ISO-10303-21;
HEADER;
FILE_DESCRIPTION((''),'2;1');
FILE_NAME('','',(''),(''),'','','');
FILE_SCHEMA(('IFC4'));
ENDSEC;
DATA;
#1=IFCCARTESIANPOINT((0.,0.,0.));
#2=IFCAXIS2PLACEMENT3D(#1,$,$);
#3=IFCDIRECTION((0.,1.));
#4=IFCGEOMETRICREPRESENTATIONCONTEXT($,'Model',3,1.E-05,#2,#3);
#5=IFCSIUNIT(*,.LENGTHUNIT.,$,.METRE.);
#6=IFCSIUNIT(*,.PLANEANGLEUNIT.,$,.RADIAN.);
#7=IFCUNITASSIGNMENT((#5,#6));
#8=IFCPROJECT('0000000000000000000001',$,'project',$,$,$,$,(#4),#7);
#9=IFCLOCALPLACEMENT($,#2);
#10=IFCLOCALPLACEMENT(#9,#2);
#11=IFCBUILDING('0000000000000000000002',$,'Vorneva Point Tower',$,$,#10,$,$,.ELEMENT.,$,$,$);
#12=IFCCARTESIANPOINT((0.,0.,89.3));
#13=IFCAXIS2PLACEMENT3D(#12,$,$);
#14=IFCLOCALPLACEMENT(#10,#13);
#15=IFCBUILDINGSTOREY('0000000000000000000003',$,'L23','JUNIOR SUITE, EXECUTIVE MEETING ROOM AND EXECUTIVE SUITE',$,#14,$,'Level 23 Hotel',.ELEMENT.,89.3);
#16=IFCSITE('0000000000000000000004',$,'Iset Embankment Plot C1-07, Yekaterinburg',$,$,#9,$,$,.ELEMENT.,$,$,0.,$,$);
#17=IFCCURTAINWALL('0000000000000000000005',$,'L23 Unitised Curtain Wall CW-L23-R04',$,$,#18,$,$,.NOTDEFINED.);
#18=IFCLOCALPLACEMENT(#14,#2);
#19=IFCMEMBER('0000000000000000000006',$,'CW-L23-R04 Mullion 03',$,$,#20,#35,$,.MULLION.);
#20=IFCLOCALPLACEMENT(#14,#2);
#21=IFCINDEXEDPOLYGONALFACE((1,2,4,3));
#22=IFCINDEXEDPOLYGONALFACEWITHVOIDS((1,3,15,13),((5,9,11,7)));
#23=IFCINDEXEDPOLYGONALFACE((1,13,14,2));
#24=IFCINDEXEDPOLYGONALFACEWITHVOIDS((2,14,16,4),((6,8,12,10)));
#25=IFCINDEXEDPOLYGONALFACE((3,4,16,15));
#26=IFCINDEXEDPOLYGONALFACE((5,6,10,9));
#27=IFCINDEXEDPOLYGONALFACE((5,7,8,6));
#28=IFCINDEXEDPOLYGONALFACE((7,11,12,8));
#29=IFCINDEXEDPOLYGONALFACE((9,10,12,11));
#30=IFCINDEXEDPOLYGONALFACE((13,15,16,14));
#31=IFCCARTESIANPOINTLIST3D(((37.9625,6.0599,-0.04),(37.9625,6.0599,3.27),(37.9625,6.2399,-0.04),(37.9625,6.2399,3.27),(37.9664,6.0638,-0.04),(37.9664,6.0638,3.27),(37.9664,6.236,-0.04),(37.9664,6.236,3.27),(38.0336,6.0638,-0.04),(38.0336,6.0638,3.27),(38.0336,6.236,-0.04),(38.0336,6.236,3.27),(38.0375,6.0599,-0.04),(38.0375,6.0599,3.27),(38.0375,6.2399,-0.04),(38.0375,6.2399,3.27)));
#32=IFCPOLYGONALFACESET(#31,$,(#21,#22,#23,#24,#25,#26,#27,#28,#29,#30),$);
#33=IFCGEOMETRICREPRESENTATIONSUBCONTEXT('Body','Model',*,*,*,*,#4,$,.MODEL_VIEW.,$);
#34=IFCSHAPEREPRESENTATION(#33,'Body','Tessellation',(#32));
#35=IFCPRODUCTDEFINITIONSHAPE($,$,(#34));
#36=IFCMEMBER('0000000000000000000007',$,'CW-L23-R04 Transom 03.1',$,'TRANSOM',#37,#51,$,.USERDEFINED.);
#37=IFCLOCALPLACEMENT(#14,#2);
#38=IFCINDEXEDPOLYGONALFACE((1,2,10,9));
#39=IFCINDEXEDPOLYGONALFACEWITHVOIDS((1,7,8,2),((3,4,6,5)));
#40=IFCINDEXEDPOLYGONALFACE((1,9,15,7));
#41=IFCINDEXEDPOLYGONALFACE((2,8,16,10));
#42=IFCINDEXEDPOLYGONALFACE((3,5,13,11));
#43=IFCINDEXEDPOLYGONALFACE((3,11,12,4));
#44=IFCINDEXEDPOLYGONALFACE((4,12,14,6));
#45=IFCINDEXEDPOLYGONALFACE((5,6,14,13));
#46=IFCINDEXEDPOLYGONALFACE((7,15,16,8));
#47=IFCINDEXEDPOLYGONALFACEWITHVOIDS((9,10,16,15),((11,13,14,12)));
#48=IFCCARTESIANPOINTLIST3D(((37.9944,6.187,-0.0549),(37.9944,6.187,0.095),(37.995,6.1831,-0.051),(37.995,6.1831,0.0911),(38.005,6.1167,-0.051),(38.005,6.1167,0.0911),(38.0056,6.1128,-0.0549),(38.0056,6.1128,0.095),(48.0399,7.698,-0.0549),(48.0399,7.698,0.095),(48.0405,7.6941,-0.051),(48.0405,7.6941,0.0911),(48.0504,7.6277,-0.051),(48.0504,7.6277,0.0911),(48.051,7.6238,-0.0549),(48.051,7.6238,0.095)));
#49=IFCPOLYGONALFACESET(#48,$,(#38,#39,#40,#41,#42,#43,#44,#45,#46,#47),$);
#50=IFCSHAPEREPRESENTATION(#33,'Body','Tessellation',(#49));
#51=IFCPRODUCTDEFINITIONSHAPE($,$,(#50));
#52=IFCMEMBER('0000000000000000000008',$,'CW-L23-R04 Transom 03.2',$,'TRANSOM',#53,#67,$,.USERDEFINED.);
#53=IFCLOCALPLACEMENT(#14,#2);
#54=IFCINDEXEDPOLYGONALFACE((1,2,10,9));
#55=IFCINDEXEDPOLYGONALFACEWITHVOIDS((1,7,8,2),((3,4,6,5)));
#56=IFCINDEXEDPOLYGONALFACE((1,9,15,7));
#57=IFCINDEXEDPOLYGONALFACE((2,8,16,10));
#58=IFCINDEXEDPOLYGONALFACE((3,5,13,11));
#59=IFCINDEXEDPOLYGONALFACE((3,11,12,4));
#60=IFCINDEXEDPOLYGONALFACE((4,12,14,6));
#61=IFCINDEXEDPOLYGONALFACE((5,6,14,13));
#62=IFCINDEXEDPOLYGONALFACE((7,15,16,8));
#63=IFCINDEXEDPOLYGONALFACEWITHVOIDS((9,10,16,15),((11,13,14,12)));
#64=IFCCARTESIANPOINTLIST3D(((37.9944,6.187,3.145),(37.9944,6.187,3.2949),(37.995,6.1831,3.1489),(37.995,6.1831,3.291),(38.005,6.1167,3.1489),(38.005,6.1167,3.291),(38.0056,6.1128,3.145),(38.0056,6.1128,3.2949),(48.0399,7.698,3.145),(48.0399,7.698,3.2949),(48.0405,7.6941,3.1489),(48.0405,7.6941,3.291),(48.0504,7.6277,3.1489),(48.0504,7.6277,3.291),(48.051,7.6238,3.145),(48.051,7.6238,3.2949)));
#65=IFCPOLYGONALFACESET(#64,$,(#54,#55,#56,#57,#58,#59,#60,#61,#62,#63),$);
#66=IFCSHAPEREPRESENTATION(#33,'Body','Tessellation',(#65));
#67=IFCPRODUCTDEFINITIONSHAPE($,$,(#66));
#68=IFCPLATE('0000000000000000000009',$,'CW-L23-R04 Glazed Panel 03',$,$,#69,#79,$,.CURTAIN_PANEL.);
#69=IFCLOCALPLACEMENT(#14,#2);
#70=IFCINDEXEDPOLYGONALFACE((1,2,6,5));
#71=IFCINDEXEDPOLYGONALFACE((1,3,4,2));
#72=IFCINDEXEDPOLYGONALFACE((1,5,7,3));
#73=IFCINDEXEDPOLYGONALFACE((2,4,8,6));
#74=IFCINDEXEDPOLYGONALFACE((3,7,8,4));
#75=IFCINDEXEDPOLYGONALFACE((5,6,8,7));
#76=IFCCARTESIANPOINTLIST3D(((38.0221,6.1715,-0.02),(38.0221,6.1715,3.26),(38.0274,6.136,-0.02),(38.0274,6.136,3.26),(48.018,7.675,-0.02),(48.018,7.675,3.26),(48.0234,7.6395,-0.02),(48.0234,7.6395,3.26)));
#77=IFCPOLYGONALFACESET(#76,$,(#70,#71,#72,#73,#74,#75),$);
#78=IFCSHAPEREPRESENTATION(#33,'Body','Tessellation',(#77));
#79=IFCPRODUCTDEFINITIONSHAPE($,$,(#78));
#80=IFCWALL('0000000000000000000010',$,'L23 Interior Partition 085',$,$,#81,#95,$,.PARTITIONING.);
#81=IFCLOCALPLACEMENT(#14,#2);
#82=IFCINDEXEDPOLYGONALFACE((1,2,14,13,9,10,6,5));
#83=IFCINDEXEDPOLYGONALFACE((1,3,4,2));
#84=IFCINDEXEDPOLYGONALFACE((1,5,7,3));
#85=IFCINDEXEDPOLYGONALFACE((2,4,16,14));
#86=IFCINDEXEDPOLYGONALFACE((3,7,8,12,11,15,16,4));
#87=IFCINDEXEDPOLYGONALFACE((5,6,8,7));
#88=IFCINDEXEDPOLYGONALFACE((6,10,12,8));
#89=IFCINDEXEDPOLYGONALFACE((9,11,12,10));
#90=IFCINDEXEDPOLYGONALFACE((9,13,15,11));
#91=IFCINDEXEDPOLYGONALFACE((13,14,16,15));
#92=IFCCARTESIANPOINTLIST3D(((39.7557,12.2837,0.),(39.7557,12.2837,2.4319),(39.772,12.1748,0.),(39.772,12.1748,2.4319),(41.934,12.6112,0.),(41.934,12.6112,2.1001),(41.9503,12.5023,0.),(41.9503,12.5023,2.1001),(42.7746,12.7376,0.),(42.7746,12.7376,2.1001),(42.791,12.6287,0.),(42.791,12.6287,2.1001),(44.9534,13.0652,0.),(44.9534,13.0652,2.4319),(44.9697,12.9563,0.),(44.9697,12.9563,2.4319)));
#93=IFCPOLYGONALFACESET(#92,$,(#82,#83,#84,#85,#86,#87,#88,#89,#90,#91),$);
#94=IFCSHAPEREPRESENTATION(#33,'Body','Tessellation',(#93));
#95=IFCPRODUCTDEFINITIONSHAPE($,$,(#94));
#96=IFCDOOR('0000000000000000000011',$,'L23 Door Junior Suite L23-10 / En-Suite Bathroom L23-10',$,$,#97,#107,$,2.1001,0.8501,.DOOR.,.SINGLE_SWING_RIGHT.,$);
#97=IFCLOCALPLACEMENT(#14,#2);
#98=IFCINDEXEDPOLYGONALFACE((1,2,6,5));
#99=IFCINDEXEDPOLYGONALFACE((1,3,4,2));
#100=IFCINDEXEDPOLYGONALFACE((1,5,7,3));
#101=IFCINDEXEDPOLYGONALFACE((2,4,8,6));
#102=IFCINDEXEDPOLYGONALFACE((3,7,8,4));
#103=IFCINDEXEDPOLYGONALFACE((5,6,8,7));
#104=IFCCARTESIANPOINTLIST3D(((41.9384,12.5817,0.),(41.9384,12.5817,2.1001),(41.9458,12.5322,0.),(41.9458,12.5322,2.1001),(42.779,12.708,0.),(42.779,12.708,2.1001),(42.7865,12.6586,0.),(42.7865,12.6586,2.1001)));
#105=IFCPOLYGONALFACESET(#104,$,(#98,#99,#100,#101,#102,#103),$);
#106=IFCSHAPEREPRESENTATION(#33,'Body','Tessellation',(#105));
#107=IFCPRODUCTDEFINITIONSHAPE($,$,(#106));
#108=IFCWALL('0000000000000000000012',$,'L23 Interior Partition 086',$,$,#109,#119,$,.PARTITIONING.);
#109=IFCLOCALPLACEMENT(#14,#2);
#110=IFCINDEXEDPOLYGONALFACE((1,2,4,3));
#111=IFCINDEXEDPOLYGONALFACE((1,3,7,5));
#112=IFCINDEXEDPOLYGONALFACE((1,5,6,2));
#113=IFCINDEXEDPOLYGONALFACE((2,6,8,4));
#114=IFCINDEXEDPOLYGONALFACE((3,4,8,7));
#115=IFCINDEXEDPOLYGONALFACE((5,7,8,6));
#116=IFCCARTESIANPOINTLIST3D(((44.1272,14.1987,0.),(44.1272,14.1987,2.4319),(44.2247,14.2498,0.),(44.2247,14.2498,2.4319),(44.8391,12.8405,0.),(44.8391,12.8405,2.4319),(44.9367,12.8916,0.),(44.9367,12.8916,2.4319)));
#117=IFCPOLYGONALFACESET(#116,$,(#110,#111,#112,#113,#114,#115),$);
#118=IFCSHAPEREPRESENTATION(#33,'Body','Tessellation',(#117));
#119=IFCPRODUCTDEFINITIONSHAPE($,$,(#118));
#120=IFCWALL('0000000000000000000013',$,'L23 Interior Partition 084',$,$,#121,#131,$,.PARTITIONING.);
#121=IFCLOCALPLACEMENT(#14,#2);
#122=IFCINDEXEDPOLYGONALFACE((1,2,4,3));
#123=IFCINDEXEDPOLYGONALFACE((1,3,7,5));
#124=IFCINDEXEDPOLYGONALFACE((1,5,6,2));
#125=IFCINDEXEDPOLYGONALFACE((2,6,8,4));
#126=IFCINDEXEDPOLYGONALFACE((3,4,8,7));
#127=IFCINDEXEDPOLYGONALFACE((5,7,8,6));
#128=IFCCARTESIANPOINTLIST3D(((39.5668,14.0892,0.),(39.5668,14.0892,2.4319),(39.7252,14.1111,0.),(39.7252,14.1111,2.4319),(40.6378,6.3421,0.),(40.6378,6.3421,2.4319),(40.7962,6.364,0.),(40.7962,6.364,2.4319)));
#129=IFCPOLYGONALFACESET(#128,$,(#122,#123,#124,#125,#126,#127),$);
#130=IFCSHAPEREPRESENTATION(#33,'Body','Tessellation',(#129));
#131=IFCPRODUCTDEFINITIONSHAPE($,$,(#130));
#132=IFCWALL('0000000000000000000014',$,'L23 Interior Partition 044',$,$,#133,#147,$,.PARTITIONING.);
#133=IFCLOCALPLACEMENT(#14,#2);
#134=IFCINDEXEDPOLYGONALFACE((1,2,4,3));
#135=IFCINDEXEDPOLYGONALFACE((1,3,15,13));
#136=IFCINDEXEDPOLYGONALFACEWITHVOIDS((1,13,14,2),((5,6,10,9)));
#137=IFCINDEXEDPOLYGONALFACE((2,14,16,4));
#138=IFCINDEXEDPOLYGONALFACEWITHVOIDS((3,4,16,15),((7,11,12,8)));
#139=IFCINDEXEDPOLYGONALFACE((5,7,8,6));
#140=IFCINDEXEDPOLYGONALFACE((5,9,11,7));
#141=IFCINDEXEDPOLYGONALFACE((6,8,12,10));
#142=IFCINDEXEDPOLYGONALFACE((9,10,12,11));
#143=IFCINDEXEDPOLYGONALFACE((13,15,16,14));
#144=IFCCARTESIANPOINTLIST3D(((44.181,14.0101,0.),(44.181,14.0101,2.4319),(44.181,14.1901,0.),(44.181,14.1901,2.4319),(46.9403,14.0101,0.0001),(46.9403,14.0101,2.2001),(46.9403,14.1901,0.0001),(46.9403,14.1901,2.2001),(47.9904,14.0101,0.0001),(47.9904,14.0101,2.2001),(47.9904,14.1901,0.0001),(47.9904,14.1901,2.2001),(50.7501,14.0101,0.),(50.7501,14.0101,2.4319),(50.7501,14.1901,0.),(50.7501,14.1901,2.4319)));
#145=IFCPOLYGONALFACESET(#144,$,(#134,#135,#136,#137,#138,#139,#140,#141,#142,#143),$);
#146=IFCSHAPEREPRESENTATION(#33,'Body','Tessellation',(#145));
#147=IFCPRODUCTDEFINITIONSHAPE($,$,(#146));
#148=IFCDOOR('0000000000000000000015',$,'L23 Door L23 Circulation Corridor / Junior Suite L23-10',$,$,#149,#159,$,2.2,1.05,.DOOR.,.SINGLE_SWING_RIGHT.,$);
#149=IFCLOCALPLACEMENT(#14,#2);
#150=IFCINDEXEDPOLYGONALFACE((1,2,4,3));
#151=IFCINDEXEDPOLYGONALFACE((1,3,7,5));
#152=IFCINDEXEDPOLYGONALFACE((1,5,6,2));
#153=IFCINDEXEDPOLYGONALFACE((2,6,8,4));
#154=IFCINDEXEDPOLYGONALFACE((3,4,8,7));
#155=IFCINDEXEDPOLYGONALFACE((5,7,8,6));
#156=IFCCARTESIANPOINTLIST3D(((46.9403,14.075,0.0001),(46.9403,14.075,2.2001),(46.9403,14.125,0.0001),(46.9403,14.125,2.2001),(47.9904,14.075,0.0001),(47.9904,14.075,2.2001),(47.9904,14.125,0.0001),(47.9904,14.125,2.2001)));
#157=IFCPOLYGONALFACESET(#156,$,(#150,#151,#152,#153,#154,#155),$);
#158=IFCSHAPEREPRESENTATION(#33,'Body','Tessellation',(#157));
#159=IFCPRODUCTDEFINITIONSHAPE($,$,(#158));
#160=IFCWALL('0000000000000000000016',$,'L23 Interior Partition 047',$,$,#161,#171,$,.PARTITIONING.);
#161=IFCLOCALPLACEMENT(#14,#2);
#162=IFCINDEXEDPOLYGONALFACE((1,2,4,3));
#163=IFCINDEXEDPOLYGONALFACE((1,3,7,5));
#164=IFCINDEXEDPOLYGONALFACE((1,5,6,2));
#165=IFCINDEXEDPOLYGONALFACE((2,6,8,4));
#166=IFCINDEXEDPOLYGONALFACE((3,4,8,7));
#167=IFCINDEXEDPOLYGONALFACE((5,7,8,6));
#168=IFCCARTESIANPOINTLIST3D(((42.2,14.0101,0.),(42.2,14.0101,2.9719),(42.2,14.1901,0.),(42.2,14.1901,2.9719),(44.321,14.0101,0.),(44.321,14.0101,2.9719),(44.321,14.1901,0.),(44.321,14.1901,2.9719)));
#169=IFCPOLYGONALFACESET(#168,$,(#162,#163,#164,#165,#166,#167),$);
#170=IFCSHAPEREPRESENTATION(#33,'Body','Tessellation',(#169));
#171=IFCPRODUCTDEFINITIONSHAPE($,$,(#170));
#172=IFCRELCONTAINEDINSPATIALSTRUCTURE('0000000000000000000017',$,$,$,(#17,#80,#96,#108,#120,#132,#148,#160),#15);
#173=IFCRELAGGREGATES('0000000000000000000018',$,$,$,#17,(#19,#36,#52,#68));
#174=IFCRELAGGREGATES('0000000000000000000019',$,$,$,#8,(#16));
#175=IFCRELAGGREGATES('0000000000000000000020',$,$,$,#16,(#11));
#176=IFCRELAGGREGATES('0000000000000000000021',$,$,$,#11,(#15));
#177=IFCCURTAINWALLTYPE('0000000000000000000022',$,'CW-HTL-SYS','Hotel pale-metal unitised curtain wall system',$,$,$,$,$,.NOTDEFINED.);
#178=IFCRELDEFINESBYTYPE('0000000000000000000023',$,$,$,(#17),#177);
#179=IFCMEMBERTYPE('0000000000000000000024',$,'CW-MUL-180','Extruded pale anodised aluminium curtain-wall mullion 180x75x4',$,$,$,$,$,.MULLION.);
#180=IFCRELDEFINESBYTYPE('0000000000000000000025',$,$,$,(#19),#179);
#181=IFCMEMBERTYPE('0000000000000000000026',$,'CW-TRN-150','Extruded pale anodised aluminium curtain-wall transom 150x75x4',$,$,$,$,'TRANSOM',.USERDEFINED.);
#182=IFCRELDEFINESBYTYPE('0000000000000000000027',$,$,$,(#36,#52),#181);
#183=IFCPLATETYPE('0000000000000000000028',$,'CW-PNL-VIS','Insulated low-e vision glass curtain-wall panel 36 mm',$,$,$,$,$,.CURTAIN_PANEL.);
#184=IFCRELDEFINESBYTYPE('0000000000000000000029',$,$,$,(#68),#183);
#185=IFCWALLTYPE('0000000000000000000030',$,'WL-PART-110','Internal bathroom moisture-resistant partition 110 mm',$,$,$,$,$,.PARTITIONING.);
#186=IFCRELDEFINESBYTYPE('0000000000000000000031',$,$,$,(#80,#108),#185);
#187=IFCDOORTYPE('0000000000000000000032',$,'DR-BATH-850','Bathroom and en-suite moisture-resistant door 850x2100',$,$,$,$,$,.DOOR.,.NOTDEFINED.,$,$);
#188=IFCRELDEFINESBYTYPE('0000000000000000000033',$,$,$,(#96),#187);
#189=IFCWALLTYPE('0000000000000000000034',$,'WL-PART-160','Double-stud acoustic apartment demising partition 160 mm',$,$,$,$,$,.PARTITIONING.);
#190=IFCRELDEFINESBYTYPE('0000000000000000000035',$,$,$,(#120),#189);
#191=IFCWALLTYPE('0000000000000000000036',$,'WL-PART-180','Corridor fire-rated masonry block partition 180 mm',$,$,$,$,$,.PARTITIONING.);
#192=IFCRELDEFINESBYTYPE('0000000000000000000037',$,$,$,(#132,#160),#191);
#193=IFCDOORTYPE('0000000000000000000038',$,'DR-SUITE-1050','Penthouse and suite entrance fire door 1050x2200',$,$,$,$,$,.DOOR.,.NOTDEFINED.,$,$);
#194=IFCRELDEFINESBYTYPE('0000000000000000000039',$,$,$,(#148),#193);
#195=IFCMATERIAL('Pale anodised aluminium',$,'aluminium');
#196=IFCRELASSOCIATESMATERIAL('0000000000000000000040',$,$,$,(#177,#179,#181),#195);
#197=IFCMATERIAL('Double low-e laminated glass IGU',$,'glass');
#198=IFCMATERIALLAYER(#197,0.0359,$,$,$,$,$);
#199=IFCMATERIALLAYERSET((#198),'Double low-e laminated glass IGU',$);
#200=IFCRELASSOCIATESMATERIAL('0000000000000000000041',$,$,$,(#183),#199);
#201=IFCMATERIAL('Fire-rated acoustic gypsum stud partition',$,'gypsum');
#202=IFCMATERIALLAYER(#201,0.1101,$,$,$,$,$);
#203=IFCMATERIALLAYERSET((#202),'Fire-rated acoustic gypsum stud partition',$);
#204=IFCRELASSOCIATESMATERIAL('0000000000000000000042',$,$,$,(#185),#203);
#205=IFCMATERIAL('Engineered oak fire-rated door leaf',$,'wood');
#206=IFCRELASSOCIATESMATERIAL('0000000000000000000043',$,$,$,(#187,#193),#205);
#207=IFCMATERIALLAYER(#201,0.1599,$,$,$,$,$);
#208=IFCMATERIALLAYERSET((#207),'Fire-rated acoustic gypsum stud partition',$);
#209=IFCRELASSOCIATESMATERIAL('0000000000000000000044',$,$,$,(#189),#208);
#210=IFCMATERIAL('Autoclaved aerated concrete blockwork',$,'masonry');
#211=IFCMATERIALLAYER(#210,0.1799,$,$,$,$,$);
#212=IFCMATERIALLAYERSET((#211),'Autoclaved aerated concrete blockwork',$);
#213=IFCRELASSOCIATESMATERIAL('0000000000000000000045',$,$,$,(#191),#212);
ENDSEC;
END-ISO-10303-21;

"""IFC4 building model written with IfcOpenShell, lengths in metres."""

from ifc_helpers import new_model, si_unit, direction, frame, frame_2d, origin, origin_2d, place, context, subcontext, project, spatial, rectangle, hollow_rectangle, extrude, material, layer, layer_set, material_profile, profile_set, type_object, element, fill, aggregate, save


model = new_model("IFC4")

# Units and contexts
model_context = context("Model", 3, precision=1e-05, world=origin(), true_north=direction((0.0, 1.0)))
body_context = subcontext(model_context, "Body", "Model", "MODEL_VIEW")
ifc_project = project(units=[si_unit("LENGTHUNIT", "METRE"), si_unit("PLANEANGLEUNIT", "RADIAN")], contexts=[model_context])

# Site, building, storey
site_placement = place(None, origin())
site = spatial("IfcSite", under=ifc_project, at=site_placement, Name="Iset Embankment Plot C1-07, Yekaterinburg", CompositionType="ELEMENT", RefElevation=0.0)
building_placement = place(site_placement, origin())
building = spatial("IfcBuilding", under=site, at=building_placement, Name="Vorneva Point Tower", CompositionType="ELEMENT")
storey_placement = place(building_placement, frame((0.0, 0.0, 89.3)))
storey = spatial("IfcBuildingStorey", under=building, at=storey_placement, Name="L23", Description="JUNIOR SUITE, EXECUTIVE MEETING ROOM AND EXECUTIVE SUITE", LongName="Level 23 Hotel", CompositionType="ELEMENT", Elevation=89.3)

# Curtain wall, members, plate
ifc_material_1 = material(Name="Pale anodised aluminium", Category="aluminium")
curtain_wall_type = type_object("IfcCurtainWallType", Name="CW-HTL-SYS", Description="Hotel pale-metal unitised curtain wall system", PredefinedType="NOTDEFINED", material=ifc_material_1)
curtain_wall_placement = place(storey_placement, origin())
curtain_wall = element("IfcCurtainWall", 1, at=curtain_wall_placement, inside=storey, type_object=curtain_wall_type, Name="L23 Unitised Curtain Wall CW-L23-R04", PredefinedType="NOTDEFINED")
ifc_material_profile_1 = material_profile(ifc_material_1, hollow_rectangle(XDim=0.075, YDim=0.1799, WallThickness=0.0039, at=origin_2d()), Name="AL-MUL 180x75x4")
ifc_profile_set_1 = profile_set([ifc_material_profile_1], Name="Pale anodised aluminium")
member_type_1 = type_object("IfcMemberType", Name="CW-MUL-180", Description="Extruded pale anodised aluminium curtain-wall mullion 180x75x4", PredefinedType="MULLION", material=ifc_profile_set_1)
member_1_placement = place(storey_placement, frame((38.0, 6.1499, -0.04), z_axis=(0.0, 0.0, 1.0), x_axis=(1.0, 0.0, 0.0)))
member_1 = element("IfcMember", 2, at=member_1_placement, type_object=member_type_1, Name="CW-L23-R04 Mullion 03", PredefinedType="MULLION", context=body_context, shape_type="SweptSolid", body=[
    extrude(hollow_rectangle(XDim=0.075, YDim=0.1799, WallThickness=0.0039, at=origin_2d()), origin(), (0.0, 0.0, 1.0), 3.3101),
])
ifc_material_profile_2 = material_profile(ifc_material_1, hollow_rectangle(XDim=0.075, YDim=0.1499, WallThickness=0.0039, at=origin_2d()), Name="AL-TRN 150x75x4")
ifc_profile_set_2 = profile_set([ifc_material_profile_2], Name="Pale anodised aluminium")
member_type_2 = type_object("IfcMemberType", Name="CW-TRN-150", Description="Extruded pale anodised aluminium curtain-wall transom 150x75x4", ElementType="TRANSOM", PredefinedType="USERDEFINED", material=ifc_profile_set_2)
member_2_placement = place(storey_placement, frame((38.0, 6.1499, 0.02), z_axis=(0.988876, 0.148742, 0.0), x_axis=(-0.148742, 0.988876, 0.0)))
member_2 = element("IfcMember", 3, at=member_2_placement, type_object=member_type_2, Name="CW-L23-R04 Transom 03.1", ObjectType="TRANSOM", PredefinedType="USERDEFINED", context=body_context, shape_type="SweptSolid", body=[
    extrude(hollow_rectangle(XDim=0.075, YDim=0.1499, WallThickness=0.0039, at=origin_2d()), origin(), (0.0, 0.0, 1.0), 10.1584),
])
member_3_placement = place(storey_placement, frame((38.0, 6.1499, 3.22), z_axis=(0.988876, 0.148742, 0.0), x_axis=(-0.148742, 0.988876, 0.0)))
member_3 = element("IfcMember", 4, at=member_3_placement, type_object=member_type_2, Name="CW-L23-R04 Transom 03.2", ObjectType="TRANSOM", PredefinedType="USERDEFINED", context=body_context, shape_type="SweptSolid", body=[
    extrude(hollow_rectangle(XDim=0.075, YDim=0.1499, WallThickness=0.0039, at=origin_2d()), origin(), (0.0, 0.0, 1.0), 10.1584),
])
ifc_material_2 = material(Name="Double low-e laminated glass IGU", Category="glass")
ifc_layer_1 = layer(ifc_material_2, 0.0359)
ifc_layer_set_1 = layer_set([ifc_layer_1], Name="Double low-e laminated glass IGU")
plate_type = type_object("IfcPlateType", Name="CW-PNL-VIS", Description="Insulated low-e vision glass curtain-wall panel 36 mm", PredefinedType="CURTAIN_PANEL", material=ifc_layer_set_1)
plate_placement = place(storey_placement, frame((43.0227, 6.9055, -0.02), z_axis=(0.0, 0.0, 1.0), x_axis=(0.988876, 0.148741, 0.0)))
plate = element("IfcPlate", 5, at=plate_placement, type_object=plate_type, Name="CW-L23-R04 Glazed Panel 03", PredefinedType="CURTAIN_PANEL", context=body_context, shape_type="SweptSolid", body=[
    extrude(rectangle(XDim=10.1084, YDim=0.0359, at=origin_2d()), origin(), (0.0, 0.0, 1.0), 3.28),
])
aggregate(curtain_wall, [member_1, member_2, member_3, plate])

# Wall, opening, door
ifc_material_3 = material(Name="Fire-rated acoustic gypsum stud partition", Category="gypsum")
ifc_layer_2 = layer(ifc_material_3, 0.1101)
ifc_layer_set_2 = layer_set([ifc_layer_2], Name="Fire-rated acoustic gypsum stud partition")
wall_type_1 = type_object("IfcWallType", Name="WL-PART-110", Description="Internal bathroom moisture-resistant partition 110 mm", PredefinedType="PARTITIONING", material=ifc_layer_set_2)
wall_1_placement = place(storey_placement, frame((44.9614, 13.0107, 0.0), z_axis=(0.0, 0.0, 1.0), x_axis=(-0.988885, -0.148681, 0.0)))
wall_1 = element("IfcWall", 6, at=wall_1_placement, inside=storey, type_object=wall_type_1, Name="L23 Interior Partition 085", PredefinedType="PARTITIONING", context=body_context, shape_type="SweptSolid", body=[
    extrude(rectangle(XDim=5.2561, YDim=0.1101, at=frame_2d((2.6279, 0.0))), origin(), (0.0, 0.0, 1.0), 2.4319),
])
opening_1_placement = place(wall_1_placement, frame((2.2031, 0.0, 0.0)))
opening_1 = element("IfcOpeningElement", 7, at=opening_1_placement, cuts=wall_1, PredefinedType="OPENING", context=body_context, shape_type="SweptSolid", body=[
    extrude(rectangle(XDim=0.8501, YDim=2.1001, at=frame_2d((0.425, 1.05))), frame((0.0, 0.0698, 0.0), z_axis=(0.0, -1.0, 0.0), x_axis=(1.0, 0.0, 0.0)), (0.0, 0.0, 1.0), 0.1399),
])
ifc_material_4 = material(Name="Engineered oak fire-rated door leaf", Category="wood")
door_type_1 = type_object("IfcDoorType", Name="DR-BATH-850", Description="Bathroom and en-suite moisture-resistant door 850x2100", OperationType="NOTDEFINED", PredefinedType="DOOR", material=ifc_material_4)
door_1_placement = place(opening_1_placement, origin())
door_1 = element("IfcDoor", 8, at=door_1_placement, inside=storey, type_object=door_type_1, Name="L23 Door Junior Suite L23-10 / En-Suite Bathroom L23-10", OperationType="SINGLE_SWING_RIGHT", OverallHeight=2.1001, OverallWidth=0.8501, PredefinedType="DOOR", context=body_context, shape_type="SweptSolid", body=[
    extrude(rectangle(XDim=0.8501, YDim=2.1001, at=frame_2d((0.425, 1.05))), frame((0.0, 0.0249, 0.0), z_axis=(0.0, -1.0, 0.0), x_axis=(1.0, 0.0, 0.0)), (0.0, 0.0, 1.0), 0.05),
])
fill(opening_1, door_1)

# Walls
wall_2_placement = place(storey_placement, frame((44.176, 14.2241, 0.0), z_axis=(0.0, 0.0, 1.0), x_axis=(0.464263, -0.885697, 0.0)))
element("IfcWall", 9, at=wall_2_placement, inside=storey, type_object=wall_type_1, Name="L23 Interior Partition 086", PredefinedType="PARTITIONING", context=body_context, shape_type="SweptSolid", body=[
    extrude(rectangle(XDim=1.5334, YDim=0.1101, at=frame_2d((0.7666, 0.0))), origin(), (0.0, 0.0, 1.0), 2.4319),
])
ifc_layer_3 = layer(ifc_material_3, 0.1599)
ifc_layer_set_3 = layer_set([ifc_layer_3], Name="Fire-rated acoustic gypsum stud partition")
wall_type_2 = type_object("IfcWallType", Name="WL-PART-160", Description="Double-stud acoustic apartment demising partition 160 mm", PredefinedType="PARTITIONING", material=ifc_layer_set_3)
wall_3_placement = place(storey_placement, frame((40.717, 6.353, 0.0), z_axis=(0.0, 0.0, 1.0), x_axis=(-0.136949, 0.990578, 0.0)))
element("IfcWall", 10, at=wall_3_placement, inside=storey, type_object=wall_type_2, Name="L23 Interior Partition 084", PredefinedType="PARTITIONING", context=body_context, shape_type="SweptSolid", body=[
    extrude(rectangle(XDim=7.8208, YDim=0.1599, at=frame_2d((3.9104, 0.0))), origin(), (0.0, 0.0, 1.0), 2.4319),
])

# Wall, opening, door
ifc_material_5 = material(Name="Autoclaved aerated concrete blockwork", Category="masonry")
ifc_layer_4 = layer(ifc_material_5, 0.1799)
ifc_layer_set_4 = layer_set([ifc_layer_4], Name="Autoclaved aerated concrete blockwork")
wall_type_3 = type_object("IfcWallType", Name="WL-PART-180", Description="Corridor fire-rated masonry block partition 180 mm", PredefinedType="PARTITIONING", material=ifc_layer_set_4)
wall_4_placement = place(storey_placement, frame((44.1809, 14.1001, 0.0), z_axis=(0.0, 0.0, 1.0), x_axis=(1.0, 0.0, 0.0)))
wall_4 = element("IfcWall", 11, at=wall_4_placement, inside=storey, type_object=wall_type_3, Name="L23 Interior Partition 044", PredefinedType="PARTITIONING", context=body_context, shape_type="SweptSolid", body=[
    extrude(rectangle(XDim=6.5691, YDim=0.1799, at=frame_2d((3.2847, 0.0))), origin(), (0.0, 0.0, 1.0), 2.4319),
])
opening_2_placement = place(wall_4_placement, frame((2.7595, 0.0, 0.0)))
opening_2 = element("IfcOpeningElement", 12, at=opening_2_placement, cuts=wall_4, PredefinedType="OPENING", context=body_context, shape_type="SweptSolid", body=[
    extrude(rectangle(XDim=1.05, YDim=2.2, at=frame_2d((0.5249, 1.1001))), frame((0.0, 0.105, 0.0), z_axis=(0.0, -1.0, 0.0), x_axis=(1.0, 0.0, 0.0)), (0.0, 0.0, 1.0), 0.2097),
])
door_type_2 = type_object("IfcDoorType", Name="DR-SUITE-1050", Description="Penthouse and suite entrance fire door 1050x2200", OperationType="NOTDEFINED", PredefinedType="DOOR", material=ifc_material_4)
door_2_placement = place(opening_2_placement, origin())
door_2 = element("IfcDoor", 13, at=door_2_placement, inside=storey, type_object=door_type_2, Name="L23 Door L23 Circulation Corridor / Junior Suite L23-10", OperationType="SINGLE_SWING_RIGHT", OverallHeight=2.2, OverallWidth=1.05, PredefinedType="DOOR", context=body_context, shape_type="SweptSolid", body=[
    extrude(rectangle(XDim=1.05, YDim=2.2, at=frame_2d((0.5249, 1.1001))), frame((0.0, 0.0249, 0.0), z_axis=(0.0, -1.0, 0.0), x_axis=(1.0, 0.0, 0.0)), (0.0, 0.0, 1.0), 0.05),
])
fill(opening_2, door_2)

# Wall
wall_5_placement = place(storey_placement, frame((42.2, 14.1001, 0.0), z_axis=(0.0, 0.0, 1.0), x_axis=(1.0, 0.0, 0.0)))
element("IfcWall", 14, at=wall_5_placement, inside=storey, type_object=wall_type_3, Name="L23 Interior Partition 047", PredefinedType="PARTITIONING", context=body_context, shape_type="SweptSolid", body=[
    extrude(rectangle(XDim=2.1211, YDim=0.1799, at=frame_2d((1.0605, 0.0))), origin(), (0.0, 0.0, 1.0), 2.9719),
])

save(model, "model.ifc")
